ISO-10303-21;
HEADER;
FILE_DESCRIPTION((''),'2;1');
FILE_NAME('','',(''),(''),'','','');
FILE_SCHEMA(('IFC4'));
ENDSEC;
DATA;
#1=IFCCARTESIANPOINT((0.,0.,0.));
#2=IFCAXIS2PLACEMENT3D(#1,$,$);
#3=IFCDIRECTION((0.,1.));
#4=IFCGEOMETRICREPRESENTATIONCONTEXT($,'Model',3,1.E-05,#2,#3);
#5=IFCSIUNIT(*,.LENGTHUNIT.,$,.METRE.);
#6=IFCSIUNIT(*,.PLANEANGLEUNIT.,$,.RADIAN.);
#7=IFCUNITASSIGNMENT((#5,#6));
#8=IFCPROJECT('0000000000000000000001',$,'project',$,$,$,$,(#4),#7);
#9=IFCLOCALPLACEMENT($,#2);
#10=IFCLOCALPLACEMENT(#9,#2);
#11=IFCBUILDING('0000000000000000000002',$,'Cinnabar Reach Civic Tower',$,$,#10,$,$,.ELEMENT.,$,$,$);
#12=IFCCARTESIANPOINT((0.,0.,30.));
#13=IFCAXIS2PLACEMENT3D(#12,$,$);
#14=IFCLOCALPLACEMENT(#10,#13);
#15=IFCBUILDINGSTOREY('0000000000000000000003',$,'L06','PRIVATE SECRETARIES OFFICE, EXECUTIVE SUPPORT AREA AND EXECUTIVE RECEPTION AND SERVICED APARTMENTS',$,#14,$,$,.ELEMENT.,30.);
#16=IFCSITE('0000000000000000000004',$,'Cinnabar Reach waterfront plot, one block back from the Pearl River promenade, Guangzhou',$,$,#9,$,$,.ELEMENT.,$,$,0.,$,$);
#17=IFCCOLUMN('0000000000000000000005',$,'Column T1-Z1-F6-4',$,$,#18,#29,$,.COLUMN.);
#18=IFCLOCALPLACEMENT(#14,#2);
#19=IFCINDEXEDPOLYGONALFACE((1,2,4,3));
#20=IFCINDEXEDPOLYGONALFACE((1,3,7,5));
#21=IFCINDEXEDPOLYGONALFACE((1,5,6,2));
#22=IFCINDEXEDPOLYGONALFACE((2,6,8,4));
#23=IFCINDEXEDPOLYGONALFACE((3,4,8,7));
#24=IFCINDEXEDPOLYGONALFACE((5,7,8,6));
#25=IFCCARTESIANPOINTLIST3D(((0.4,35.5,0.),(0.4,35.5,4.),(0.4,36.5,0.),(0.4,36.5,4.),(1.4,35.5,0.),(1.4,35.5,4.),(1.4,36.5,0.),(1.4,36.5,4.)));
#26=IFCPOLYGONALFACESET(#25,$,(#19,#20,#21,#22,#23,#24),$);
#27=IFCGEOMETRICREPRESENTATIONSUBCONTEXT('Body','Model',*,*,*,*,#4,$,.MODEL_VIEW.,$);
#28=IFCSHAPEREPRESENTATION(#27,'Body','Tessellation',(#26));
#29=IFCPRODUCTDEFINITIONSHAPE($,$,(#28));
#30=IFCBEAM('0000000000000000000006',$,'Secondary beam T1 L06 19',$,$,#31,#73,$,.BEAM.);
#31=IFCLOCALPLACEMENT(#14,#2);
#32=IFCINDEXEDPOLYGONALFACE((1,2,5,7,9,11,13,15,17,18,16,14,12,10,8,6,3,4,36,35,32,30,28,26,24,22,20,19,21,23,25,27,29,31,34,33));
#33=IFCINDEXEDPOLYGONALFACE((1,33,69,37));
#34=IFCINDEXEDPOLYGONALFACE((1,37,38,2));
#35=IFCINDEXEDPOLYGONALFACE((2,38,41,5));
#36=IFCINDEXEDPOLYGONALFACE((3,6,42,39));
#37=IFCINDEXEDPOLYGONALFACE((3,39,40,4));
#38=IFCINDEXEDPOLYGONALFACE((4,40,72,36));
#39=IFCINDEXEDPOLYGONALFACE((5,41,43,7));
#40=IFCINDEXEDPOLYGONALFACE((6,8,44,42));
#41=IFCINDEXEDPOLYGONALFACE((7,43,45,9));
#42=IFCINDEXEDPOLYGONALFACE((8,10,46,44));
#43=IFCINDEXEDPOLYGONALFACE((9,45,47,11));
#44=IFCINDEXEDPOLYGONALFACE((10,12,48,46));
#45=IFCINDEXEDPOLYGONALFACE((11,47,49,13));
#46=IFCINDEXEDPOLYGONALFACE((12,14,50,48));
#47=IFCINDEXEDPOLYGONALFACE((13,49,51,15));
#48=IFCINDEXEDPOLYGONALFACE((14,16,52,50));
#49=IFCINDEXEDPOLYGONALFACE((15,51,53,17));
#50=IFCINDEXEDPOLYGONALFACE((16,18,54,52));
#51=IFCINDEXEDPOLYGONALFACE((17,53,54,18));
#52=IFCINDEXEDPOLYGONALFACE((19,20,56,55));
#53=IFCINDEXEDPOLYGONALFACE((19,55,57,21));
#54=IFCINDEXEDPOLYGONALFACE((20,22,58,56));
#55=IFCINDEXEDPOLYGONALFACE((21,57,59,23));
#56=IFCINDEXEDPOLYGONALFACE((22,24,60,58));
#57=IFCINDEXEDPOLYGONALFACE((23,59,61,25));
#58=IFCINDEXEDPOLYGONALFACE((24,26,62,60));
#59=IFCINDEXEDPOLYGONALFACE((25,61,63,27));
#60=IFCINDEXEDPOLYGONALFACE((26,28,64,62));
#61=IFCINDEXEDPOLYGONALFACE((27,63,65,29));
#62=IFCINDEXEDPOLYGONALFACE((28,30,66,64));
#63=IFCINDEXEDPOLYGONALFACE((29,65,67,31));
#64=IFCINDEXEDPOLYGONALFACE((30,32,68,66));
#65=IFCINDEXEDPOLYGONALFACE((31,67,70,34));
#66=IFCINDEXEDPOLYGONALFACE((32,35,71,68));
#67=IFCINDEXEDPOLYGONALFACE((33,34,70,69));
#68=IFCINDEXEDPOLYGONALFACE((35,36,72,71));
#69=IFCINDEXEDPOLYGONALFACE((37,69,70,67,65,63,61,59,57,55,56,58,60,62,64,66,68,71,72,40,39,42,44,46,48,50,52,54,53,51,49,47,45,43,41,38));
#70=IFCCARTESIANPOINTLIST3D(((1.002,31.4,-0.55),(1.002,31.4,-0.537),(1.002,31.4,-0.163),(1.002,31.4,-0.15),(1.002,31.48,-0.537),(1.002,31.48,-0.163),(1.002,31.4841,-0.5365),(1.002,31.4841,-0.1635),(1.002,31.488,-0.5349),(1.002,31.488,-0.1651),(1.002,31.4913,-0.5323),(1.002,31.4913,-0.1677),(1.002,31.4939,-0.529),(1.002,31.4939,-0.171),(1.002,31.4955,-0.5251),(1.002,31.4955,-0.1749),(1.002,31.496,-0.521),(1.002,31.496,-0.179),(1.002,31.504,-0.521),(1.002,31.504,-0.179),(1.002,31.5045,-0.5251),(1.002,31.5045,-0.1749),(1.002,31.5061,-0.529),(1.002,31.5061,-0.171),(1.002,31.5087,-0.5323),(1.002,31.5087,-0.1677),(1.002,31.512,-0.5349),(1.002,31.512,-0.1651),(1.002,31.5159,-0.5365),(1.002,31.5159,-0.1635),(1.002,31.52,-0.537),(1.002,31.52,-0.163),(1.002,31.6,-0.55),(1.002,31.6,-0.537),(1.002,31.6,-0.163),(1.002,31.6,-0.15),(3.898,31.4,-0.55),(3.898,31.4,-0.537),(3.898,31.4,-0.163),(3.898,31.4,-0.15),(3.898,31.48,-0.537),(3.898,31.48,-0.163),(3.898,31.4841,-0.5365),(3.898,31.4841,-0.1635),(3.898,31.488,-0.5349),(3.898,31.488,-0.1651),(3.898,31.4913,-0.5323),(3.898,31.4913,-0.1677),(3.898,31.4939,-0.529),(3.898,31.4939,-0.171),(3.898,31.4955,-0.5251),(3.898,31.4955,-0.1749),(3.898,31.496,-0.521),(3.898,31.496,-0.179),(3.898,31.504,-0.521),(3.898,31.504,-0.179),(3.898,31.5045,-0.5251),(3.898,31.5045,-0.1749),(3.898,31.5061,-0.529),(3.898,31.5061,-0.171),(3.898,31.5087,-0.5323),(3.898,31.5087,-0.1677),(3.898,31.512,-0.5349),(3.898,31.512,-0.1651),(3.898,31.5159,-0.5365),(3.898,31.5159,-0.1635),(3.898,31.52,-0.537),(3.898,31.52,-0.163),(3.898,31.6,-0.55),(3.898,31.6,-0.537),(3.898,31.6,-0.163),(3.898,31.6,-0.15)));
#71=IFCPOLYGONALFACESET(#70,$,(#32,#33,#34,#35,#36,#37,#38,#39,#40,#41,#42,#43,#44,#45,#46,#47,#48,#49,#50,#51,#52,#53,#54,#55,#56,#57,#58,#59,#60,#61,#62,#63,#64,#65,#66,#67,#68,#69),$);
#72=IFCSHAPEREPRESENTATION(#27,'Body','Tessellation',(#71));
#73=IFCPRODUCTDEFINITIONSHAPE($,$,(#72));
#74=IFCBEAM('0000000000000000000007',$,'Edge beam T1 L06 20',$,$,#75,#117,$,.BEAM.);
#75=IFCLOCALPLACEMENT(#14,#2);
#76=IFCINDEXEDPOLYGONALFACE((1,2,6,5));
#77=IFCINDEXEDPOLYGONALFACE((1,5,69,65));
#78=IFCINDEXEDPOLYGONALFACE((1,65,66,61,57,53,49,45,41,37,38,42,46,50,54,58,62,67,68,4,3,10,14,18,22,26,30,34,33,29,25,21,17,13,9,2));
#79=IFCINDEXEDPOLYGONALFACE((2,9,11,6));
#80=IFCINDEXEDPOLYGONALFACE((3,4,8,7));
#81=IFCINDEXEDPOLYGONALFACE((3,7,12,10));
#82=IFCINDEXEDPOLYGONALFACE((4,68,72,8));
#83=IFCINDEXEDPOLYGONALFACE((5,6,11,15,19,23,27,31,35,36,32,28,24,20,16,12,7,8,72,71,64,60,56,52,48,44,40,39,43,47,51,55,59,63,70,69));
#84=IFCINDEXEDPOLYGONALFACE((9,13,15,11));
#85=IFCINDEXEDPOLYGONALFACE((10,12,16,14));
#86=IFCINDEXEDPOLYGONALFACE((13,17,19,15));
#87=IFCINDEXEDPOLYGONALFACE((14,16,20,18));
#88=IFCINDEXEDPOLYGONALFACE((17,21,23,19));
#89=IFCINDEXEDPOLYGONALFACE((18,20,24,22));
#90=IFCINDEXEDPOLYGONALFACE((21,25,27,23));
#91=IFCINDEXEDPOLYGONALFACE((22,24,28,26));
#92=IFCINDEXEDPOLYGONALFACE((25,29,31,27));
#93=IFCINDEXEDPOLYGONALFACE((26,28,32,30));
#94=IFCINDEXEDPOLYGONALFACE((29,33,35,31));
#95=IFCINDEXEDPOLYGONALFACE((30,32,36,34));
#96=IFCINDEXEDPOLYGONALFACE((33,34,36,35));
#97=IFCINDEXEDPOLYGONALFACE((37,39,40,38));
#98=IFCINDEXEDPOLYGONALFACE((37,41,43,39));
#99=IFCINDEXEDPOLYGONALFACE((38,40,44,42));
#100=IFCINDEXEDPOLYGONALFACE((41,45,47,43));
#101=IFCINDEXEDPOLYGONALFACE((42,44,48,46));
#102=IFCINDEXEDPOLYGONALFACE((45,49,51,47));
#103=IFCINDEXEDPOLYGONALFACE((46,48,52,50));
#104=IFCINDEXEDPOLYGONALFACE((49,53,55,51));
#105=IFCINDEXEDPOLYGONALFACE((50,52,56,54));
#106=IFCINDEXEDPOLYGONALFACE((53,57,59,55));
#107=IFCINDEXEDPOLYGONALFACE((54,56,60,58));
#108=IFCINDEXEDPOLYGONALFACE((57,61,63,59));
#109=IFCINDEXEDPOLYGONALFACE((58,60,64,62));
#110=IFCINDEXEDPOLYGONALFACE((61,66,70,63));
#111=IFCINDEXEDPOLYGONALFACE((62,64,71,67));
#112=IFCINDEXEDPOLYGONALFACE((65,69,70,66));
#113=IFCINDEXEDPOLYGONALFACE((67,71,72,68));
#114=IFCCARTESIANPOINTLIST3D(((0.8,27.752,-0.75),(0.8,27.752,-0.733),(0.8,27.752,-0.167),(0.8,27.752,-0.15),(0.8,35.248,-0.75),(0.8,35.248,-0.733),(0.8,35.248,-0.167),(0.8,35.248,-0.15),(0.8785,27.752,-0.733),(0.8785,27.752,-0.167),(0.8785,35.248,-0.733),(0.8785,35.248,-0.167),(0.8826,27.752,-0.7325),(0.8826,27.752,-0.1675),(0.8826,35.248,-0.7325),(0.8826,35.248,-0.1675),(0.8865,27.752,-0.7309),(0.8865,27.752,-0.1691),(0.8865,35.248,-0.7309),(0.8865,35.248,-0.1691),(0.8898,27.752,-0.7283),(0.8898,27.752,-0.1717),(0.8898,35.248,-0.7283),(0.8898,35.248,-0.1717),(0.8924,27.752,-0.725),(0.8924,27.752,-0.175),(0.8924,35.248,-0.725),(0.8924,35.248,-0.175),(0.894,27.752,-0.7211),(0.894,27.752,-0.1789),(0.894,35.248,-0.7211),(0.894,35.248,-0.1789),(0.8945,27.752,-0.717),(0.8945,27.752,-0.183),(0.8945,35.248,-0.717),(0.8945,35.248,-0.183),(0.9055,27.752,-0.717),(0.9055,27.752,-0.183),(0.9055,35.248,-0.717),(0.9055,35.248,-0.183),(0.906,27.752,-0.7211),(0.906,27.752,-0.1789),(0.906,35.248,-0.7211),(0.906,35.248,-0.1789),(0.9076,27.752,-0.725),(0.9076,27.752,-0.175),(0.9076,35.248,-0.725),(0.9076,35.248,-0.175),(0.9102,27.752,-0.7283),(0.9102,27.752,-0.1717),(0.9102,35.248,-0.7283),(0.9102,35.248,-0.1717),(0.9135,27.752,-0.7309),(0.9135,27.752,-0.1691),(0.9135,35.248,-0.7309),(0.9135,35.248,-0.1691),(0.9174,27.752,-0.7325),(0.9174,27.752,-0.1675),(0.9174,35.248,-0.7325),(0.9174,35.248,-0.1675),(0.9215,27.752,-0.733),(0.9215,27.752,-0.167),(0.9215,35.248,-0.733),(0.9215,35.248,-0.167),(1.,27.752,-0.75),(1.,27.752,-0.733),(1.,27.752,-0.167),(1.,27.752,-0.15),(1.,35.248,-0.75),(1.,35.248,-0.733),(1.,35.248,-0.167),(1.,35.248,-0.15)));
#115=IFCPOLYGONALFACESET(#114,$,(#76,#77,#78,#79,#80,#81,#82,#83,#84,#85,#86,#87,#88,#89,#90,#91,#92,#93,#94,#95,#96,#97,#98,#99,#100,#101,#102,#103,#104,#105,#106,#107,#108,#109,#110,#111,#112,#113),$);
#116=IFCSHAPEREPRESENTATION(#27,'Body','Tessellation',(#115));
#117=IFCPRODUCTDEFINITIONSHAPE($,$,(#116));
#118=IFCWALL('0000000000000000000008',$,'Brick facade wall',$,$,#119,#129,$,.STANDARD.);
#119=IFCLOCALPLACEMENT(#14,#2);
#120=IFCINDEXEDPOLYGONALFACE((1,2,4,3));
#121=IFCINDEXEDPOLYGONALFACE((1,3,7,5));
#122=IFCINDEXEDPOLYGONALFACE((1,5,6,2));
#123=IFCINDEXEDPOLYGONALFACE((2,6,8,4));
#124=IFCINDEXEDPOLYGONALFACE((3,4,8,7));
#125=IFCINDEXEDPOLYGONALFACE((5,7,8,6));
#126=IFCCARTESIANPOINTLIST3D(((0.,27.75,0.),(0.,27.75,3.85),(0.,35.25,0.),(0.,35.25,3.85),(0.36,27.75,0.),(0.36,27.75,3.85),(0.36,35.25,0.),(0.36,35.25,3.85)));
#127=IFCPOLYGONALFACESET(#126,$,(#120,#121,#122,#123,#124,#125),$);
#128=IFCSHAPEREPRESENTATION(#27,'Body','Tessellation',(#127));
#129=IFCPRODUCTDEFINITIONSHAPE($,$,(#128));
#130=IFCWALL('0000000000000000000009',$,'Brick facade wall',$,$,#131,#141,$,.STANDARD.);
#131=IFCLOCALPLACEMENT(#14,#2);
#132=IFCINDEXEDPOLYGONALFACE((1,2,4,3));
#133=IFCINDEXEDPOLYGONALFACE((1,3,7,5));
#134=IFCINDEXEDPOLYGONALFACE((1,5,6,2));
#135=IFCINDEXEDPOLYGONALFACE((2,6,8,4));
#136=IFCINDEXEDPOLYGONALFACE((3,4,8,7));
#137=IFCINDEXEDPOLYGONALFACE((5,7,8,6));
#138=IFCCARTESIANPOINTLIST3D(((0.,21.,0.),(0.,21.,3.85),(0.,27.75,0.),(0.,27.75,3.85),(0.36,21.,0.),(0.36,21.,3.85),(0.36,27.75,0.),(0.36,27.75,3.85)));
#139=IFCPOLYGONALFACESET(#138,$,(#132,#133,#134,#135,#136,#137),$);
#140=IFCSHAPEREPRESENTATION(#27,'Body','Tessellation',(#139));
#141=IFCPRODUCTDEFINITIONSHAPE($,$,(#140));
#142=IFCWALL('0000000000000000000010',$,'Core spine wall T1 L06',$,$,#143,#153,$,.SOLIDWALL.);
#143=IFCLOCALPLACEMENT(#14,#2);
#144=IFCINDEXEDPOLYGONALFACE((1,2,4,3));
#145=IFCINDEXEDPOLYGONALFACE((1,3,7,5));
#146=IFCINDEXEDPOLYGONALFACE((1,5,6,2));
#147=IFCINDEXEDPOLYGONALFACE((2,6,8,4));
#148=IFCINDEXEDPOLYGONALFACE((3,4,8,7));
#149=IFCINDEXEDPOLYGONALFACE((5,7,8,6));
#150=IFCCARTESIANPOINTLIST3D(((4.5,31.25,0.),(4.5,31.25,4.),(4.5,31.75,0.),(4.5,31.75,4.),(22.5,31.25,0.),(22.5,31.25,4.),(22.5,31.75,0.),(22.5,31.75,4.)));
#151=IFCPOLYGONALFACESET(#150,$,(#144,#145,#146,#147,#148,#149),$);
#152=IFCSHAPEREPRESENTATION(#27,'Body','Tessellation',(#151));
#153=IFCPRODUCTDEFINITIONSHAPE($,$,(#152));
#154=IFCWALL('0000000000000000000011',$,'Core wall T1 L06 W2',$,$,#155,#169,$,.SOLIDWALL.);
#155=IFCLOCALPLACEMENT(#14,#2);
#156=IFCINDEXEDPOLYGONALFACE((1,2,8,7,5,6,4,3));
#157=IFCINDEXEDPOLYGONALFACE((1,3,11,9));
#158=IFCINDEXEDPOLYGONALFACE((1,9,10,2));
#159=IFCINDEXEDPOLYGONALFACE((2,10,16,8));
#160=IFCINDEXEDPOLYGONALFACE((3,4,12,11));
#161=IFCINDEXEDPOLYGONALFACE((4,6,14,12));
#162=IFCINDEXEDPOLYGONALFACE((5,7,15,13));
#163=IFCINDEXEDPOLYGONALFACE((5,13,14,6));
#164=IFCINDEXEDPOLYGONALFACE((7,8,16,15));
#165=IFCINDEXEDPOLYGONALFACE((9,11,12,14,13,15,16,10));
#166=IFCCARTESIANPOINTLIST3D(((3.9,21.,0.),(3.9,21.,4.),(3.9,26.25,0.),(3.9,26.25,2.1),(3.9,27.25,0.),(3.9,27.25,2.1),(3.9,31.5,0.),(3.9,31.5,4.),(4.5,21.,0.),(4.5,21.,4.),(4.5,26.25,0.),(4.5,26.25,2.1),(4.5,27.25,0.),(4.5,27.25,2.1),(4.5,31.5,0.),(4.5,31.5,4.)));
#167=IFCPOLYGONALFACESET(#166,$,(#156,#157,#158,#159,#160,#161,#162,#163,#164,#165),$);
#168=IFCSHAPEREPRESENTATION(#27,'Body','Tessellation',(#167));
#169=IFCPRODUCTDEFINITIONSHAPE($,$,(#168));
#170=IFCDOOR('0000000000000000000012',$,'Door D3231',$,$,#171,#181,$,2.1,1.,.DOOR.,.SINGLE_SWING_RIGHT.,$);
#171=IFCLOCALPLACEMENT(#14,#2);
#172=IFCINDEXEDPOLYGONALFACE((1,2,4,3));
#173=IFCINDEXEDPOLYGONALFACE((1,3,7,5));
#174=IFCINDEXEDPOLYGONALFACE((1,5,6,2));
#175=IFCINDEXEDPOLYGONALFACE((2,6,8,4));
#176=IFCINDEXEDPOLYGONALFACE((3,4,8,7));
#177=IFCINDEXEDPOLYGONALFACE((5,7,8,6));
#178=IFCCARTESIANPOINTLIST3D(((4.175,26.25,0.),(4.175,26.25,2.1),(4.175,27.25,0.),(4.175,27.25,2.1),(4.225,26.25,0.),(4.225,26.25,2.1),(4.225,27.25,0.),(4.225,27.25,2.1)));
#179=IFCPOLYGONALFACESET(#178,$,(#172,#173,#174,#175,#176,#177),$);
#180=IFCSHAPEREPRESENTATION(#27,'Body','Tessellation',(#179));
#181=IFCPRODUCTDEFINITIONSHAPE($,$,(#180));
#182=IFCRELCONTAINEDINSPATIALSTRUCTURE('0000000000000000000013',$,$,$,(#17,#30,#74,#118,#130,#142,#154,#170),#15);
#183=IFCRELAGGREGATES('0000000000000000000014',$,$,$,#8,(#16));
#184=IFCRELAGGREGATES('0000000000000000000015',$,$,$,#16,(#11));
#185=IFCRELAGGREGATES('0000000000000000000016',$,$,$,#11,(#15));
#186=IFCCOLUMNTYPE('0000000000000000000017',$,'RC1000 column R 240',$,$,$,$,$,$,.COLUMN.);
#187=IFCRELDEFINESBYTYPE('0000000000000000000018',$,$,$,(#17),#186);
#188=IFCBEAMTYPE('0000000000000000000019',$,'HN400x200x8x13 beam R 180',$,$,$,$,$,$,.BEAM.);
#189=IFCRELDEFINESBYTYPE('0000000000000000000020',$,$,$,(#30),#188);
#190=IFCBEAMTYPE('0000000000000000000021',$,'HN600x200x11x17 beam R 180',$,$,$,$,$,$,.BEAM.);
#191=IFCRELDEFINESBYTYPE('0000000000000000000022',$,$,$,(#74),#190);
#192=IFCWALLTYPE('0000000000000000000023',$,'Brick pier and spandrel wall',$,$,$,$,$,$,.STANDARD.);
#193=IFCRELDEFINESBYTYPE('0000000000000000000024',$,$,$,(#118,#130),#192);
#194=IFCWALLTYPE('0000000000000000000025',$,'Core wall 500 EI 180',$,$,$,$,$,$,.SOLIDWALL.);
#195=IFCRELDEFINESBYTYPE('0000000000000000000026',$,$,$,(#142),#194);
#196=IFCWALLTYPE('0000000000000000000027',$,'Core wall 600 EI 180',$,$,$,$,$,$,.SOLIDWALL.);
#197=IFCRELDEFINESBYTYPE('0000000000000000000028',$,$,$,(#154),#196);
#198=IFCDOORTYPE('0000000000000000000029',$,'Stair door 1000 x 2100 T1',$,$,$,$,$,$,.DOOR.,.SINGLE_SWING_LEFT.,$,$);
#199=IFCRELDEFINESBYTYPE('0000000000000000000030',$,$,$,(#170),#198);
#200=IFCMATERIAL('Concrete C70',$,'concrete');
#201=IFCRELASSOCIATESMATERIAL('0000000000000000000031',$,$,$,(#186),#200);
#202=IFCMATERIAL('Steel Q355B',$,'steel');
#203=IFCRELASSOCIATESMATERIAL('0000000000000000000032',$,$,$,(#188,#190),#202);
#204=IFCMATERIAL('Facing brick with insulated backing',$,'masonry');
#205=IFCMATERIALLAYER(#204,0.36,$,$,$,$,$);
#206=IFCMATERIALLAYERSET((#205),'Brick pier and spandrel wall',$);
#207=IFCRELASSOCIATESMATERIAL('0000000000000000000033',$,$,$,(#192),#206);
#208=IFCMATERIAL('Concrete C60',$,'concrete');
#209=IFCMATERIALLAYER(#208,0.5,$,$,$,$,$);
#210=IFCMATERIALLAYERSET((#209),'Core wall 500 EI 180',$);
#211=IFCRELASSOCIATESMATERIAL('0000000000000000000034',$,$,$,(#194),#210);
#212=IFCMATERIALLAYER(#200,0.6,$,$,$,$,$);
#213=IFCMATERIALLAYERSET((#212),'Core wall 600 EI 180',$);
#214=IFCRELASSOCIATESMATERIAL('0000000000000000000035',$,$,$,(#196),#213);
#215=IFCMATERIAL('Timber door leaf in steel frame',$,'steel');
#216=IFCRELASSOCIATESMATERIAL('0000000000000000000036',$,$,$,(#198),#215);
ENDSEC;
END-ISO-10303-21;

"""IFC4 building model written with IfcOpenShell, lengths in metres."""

from ifc_helpers import new_model, si_unit, direction, frame, frame_2d, origin, origin_2d, place, context, subcontext, project, spatial, rectangle, i_section, extrude, material, layer, layer_set, material_profile, profile_set, type_object, element, fill, save


model = new_model("IFC4")

# Units and contexts
model_context = context("Model", 3, precision=1e-05, world=origin(), true_north=direction((0.0, 1.0)))
body_context = subcontext(model_context, "Body", "Model", "MODEL_VIEW")
ifc_project = project(units=[si_unit("LENGTHUNIT", "METRE"), si_unit("PLANEANGLEUNIT", "RADIAN")], contexts=[model_context])

# Site, building, storey
site_placement = place(None, origin())
site = spatial("IfcSite", under=ifc_project, at=site_placement, Name="Cinnabar Reach waterfront plot, one block back from the Pearl River promenade, Guangzhou", CompositionType="ELEMENT", RefElevation=0.0)
building_placement = place(site_placement, origin())
building = spatial("IfcBuilding", under=site, at=building_placement, Name="Cinnabar Reach Civic Tower", CompositionType="ELEMENT")
storey_placement = place(building_placement, frame((0.0, 0.0, 30.0)))
storey = spatial("IfcBuildingStorey", under=building, at=storey_placement, Name="L06", Description="PRIVATE SECRETARIES OFFICE, EXECUTIVE SUPPORT AREA AND EXECUTIVE RECEPTION AND SERVICED APARTMENTS", CompositionType="ELEMENT", Elevation=30.0)

# Column
ifc_material_1 = material(Name="Concrete C70", Category="concrete")
ifc_material_profile_1 = material_profile(ifc_material_1, rectangle(XDim=1.0, YDim=1.0, at=origin_2d()), Name="RC1000")
ifc_profile_set_1 = profile_set([ifc_material_profile_1], Name="Concrete C70")
column_type = type_object("IfcColumnType", Name="RC1000 column R 240", PredefinedType="COLUMN", material=ifc_profile_set_1)
column_placement = place(storey_placement, frame((0.9, 36.0, 0.0), z_axis=(0.0, 0.0, 1.0), x_axis=(1.0, 0.0, 0.0)))
element("IfcColumn", 1, at=column_placement, inside=storey, type_object=column_type, Name="Column T1-Z1-F6-4", PredefinedType="COLUMN", context=body_context, shape_type="SweptSolid", body=[
    extrude(rectangle(XDim=1.0, YDim=1.0, at=origin_2d()), origin(), (0.0, 0.0, 1.0), 4.0),
])

# Beams
ifc_material_2 = material(Name="Steel Q355B", Category="steel")
ifc_material_profile_2 = material_profile(ifc_material_2, i_section(OverallWidth=0.2, OverallDepth=0.4, WebThickness=0.008, FlangeThickness=0.013, FilletRadius=0.016, at=origin_2d()), Name="HN400x200x8x13")
ifc_profile_set_2 = profile_set([ifc_material_profile_2], Name="Steel Q355B")
beam_type_1 = type_object("IfcBeamType", Name="HN400x200x8x13 beam R 180", PredefinedType="BEAM", material=ifc_profile_set_2)
beam_1_placement = place(storey_placement, frame((1.002, 31.5, -0.35), z_axis=(1.0, 0.0, 0.0), x_axis=(0.0, 1.0, 0.0)))
element("IfcBeam", 2, at=beam_1_placement, inside=storey, type_object=beam_type_1, Name="Secondary beam T1 L06 19", PredefinedType="BEAM", context=body_context, shape_type="SweptSolid", body=[
    extrude(i_section(OverallWidth=0.2, OverallDepth=0.4, WebThickness=0.008, FlangeThickness=0.013, FilletRadius=0.016, at=origin_2d()), origin(), (0.0, 0.0, 1.0), 2.896),
])
ifc_material_profile_3 = material_profile(ifc_material_2, i_section(OverallWidth=0.2, OverallDepth=0.6, WebThickness=0.011, FlangeThickness=0.017, FilletRadius=0.016, at=origin_2d()), Name="HN600x200x11x17")
ifc_profile_set_3 = profile_set([ifc_material_profile_3], Name="Steel Q355B")
beam_type_2 = type_object("IfcBeamType", Name="HN600x200x11x17 beam R 180", PredefinedType="BEAM", material=ifc_profile_set_3)
beam_2_placement = place(storey_placement, frame((0.9, 35.248, -0.45), z_axis=(0.0, -1.0, 0.0), x_axis=(1.0, 0.0, 0.0)))
element("IfcBeam", 3, at=beam_2_placement, inside=storey, type_object=beam_type_2, Name="Edge beam T1 L06 20", PredefinedType="BEAM", context=body_context, shape_type="SweptSolid", body=[
    extrude(i_section(OverallWidth=0.2, OverallDepth=0.6, WebThickness=0.011, FlangeThickness=0.017, FilletRadius=0.016, at=origin_2d()), origin(), (0.0, 0.0, 1.0), 7.496),
])

# Walls
ifc_material_3 = material(Name="Facing brick with insulated backing", Category="masonry")
ifc_layer_1 = layer(ifc_material_3, 0.36)
ifc_layer_set_1 = layer_set([ifc_layer_1], Name="Brick pier and spandrel wall")
wall_type_1 = type_object("IfcWallType", Name="Brick pier and spandrel wall", PredefinedType="STANDARD", material=ifc_layer_set_1)
wall_1_placement = place(storey_placement, frame((0.18, 35.25, 0.0), z_axis=(0.0, 0.0, 1.0), x_axis=(0.0, -1.0, 0.0)))
element("IfcWall", 4, at=wall_1_placement, inside=storey, type_object=wall_type_1, Name="Brick facade wall", PredefinedType="STANDARD", context=body_context, shape_type="SweptSolid", body=[
    extrude(rectangle(XDim=7.5, YDim=0.36, at=frame_2d((3.75, 0.0))), origin(), (0.0, 0.0, 1.0), 3.85),
])
wall_2_placement = place(storey_placement, frame((0.18, 27.75, 0.0), z_axis=(0.0, 0.0, 1.0), x_axis=(0.0, -1.0, 0.0)))
element("IfcWall", 5, at=wall_2_placement, inside=storey, type_object=wall_type_1, Name="Brick facade wall", PredefinedType="STANDARD", context=body_context, shape_type="SweptSolid", body=[
    extrude(rectangle(XDim=6.75, YDim=0.36, at=frame_2d((3.375, 0.0))), origin(), (0.0, 0.0, 1.0), 3.85),
])
ifc_material_4 = material(Name="Concrete C60", Category="concrete")
ifc_layer_2 = layer(ifc_material_4, 0.5)
ifc_layer_set_2 = layer_set([ifc_layer_2], Name="Core wall 500 EI 180")
wall_type_2 = type_object("IfcWallType", Name="Core wall 500 EI 180", PredefinedType="SOLIDWALL", material=ifc_layer_set_2)
wall_3_placement = place(storey_placement, frame((4.5, 31.5, 0.0), z_axis=(0.0, 0.0, 1.0), x_axis=(1.0, 0.0, 0.0)))
element("IfcWall", 6, at=wall_3_placement, inside=storey, type_object=wall_type_2, Name="Core spine wall T1 L06", PredefinedType="SOLIDWALL", context=body_context, shape_type="SweptSolid", body=[
    extrude(rectangle(XDim=18.0, YDim=0.5, at=frame_2d((9.0, 0.0))), origin(), (0.0, 0.0, 1.0), 4.0),
])

# Wall, opening, door
ifc_layer_3 = layer(ifc_material_1, 0.6)
ifc_layer_set_3 = layer_set([ifc_layer_3], Name="Core wall 600 EI 180")
wall_type_3 = type_object("IfcWallType", Name="Core wall 600 EI 180", PredefinedType="SOLIDWALL", material=ifc_layer_set_3)
wall_4_placement = place(storey_placement, frame((4.2, 31.5, 0.0), z_axis=(0.0, 0.0, 1.0), x_axis=(0.0, -1.0, 0.0)))
wall_4 = element("IfcWall", 7, at=wall_4_placement, inside=storey, type_object=wall_type_3, Name="Core wall T1 L06 W2", PredefinedType="SOLIDWALL", context=body_context, shape_type="SweptSolid", body=[
    extrude(rectangle(XDim=10.5, YDim=0.6, at=frame_2d((5.25, 0.0))), origin(), (0.0, 0.0, 1.0), 4.0),
])
opening_1_placement = place(wall_4_placement, frame((4.25, 0.0, 0.0)))
opening_1 = element("IfcOpeningElement", 8, at=opening_1_placement, cuts=wall_4, PredefinedType="OPENING", context=body_context, shape_type="SweptSolid", body=[
    extrude(rectangle(XDim=1.0, YDim=2.1, at=frame_2d((0.5, 1.05))), frame((0.0, 0.31, 0.0), z_axis=(0.0, -1.0, 0.0), x_axis=(1.0, 0.0, 0.0)), (0.0, 0.0, 1.0), 0.62),
])
ifc_material_5 = material(Name="Timber door leaf in steel frame", Category="steel")
door_type_1 = type_object("IfcDoorType", Name="Stair door 1000 x 2100 T1", OperationType="SINGLE_SWING_LEFT", PredefinedType="DOOR", material=ifc_material_5)
door_1_placement = place(opening_1_placement, frame((1.0, 0.0, 0.0), z_axis=(0.0, 0.0, 1.0), x_axis=(-1.0, 0.0, 0.0)))
door_1 = element("IfcDoor", 9, at=door_1_placement, inside=storey, type_object=door_type_1, Name="Door D3231", OperationType="SINGLE_SWING_RIGHT", OverallHeight=2.1, OverallWidth=1.0, PredefinedType="DOOR", context=body_context, shape_type="SweptSolid", body=[
    extrude(rectangle(XDim=1.0, YDim=2.1, at=frame_2d((0.5, 1.05))), frame((0.0, 0.025, 0.0), z_axis=(0.0, -1.0, 0.0), x_axis=(1.0, 0.0, 0.0)), (0.0, 0.0, 1.0), 0.05),
])
fill(opening_1, door_1)

save(model, "model.ifc")
